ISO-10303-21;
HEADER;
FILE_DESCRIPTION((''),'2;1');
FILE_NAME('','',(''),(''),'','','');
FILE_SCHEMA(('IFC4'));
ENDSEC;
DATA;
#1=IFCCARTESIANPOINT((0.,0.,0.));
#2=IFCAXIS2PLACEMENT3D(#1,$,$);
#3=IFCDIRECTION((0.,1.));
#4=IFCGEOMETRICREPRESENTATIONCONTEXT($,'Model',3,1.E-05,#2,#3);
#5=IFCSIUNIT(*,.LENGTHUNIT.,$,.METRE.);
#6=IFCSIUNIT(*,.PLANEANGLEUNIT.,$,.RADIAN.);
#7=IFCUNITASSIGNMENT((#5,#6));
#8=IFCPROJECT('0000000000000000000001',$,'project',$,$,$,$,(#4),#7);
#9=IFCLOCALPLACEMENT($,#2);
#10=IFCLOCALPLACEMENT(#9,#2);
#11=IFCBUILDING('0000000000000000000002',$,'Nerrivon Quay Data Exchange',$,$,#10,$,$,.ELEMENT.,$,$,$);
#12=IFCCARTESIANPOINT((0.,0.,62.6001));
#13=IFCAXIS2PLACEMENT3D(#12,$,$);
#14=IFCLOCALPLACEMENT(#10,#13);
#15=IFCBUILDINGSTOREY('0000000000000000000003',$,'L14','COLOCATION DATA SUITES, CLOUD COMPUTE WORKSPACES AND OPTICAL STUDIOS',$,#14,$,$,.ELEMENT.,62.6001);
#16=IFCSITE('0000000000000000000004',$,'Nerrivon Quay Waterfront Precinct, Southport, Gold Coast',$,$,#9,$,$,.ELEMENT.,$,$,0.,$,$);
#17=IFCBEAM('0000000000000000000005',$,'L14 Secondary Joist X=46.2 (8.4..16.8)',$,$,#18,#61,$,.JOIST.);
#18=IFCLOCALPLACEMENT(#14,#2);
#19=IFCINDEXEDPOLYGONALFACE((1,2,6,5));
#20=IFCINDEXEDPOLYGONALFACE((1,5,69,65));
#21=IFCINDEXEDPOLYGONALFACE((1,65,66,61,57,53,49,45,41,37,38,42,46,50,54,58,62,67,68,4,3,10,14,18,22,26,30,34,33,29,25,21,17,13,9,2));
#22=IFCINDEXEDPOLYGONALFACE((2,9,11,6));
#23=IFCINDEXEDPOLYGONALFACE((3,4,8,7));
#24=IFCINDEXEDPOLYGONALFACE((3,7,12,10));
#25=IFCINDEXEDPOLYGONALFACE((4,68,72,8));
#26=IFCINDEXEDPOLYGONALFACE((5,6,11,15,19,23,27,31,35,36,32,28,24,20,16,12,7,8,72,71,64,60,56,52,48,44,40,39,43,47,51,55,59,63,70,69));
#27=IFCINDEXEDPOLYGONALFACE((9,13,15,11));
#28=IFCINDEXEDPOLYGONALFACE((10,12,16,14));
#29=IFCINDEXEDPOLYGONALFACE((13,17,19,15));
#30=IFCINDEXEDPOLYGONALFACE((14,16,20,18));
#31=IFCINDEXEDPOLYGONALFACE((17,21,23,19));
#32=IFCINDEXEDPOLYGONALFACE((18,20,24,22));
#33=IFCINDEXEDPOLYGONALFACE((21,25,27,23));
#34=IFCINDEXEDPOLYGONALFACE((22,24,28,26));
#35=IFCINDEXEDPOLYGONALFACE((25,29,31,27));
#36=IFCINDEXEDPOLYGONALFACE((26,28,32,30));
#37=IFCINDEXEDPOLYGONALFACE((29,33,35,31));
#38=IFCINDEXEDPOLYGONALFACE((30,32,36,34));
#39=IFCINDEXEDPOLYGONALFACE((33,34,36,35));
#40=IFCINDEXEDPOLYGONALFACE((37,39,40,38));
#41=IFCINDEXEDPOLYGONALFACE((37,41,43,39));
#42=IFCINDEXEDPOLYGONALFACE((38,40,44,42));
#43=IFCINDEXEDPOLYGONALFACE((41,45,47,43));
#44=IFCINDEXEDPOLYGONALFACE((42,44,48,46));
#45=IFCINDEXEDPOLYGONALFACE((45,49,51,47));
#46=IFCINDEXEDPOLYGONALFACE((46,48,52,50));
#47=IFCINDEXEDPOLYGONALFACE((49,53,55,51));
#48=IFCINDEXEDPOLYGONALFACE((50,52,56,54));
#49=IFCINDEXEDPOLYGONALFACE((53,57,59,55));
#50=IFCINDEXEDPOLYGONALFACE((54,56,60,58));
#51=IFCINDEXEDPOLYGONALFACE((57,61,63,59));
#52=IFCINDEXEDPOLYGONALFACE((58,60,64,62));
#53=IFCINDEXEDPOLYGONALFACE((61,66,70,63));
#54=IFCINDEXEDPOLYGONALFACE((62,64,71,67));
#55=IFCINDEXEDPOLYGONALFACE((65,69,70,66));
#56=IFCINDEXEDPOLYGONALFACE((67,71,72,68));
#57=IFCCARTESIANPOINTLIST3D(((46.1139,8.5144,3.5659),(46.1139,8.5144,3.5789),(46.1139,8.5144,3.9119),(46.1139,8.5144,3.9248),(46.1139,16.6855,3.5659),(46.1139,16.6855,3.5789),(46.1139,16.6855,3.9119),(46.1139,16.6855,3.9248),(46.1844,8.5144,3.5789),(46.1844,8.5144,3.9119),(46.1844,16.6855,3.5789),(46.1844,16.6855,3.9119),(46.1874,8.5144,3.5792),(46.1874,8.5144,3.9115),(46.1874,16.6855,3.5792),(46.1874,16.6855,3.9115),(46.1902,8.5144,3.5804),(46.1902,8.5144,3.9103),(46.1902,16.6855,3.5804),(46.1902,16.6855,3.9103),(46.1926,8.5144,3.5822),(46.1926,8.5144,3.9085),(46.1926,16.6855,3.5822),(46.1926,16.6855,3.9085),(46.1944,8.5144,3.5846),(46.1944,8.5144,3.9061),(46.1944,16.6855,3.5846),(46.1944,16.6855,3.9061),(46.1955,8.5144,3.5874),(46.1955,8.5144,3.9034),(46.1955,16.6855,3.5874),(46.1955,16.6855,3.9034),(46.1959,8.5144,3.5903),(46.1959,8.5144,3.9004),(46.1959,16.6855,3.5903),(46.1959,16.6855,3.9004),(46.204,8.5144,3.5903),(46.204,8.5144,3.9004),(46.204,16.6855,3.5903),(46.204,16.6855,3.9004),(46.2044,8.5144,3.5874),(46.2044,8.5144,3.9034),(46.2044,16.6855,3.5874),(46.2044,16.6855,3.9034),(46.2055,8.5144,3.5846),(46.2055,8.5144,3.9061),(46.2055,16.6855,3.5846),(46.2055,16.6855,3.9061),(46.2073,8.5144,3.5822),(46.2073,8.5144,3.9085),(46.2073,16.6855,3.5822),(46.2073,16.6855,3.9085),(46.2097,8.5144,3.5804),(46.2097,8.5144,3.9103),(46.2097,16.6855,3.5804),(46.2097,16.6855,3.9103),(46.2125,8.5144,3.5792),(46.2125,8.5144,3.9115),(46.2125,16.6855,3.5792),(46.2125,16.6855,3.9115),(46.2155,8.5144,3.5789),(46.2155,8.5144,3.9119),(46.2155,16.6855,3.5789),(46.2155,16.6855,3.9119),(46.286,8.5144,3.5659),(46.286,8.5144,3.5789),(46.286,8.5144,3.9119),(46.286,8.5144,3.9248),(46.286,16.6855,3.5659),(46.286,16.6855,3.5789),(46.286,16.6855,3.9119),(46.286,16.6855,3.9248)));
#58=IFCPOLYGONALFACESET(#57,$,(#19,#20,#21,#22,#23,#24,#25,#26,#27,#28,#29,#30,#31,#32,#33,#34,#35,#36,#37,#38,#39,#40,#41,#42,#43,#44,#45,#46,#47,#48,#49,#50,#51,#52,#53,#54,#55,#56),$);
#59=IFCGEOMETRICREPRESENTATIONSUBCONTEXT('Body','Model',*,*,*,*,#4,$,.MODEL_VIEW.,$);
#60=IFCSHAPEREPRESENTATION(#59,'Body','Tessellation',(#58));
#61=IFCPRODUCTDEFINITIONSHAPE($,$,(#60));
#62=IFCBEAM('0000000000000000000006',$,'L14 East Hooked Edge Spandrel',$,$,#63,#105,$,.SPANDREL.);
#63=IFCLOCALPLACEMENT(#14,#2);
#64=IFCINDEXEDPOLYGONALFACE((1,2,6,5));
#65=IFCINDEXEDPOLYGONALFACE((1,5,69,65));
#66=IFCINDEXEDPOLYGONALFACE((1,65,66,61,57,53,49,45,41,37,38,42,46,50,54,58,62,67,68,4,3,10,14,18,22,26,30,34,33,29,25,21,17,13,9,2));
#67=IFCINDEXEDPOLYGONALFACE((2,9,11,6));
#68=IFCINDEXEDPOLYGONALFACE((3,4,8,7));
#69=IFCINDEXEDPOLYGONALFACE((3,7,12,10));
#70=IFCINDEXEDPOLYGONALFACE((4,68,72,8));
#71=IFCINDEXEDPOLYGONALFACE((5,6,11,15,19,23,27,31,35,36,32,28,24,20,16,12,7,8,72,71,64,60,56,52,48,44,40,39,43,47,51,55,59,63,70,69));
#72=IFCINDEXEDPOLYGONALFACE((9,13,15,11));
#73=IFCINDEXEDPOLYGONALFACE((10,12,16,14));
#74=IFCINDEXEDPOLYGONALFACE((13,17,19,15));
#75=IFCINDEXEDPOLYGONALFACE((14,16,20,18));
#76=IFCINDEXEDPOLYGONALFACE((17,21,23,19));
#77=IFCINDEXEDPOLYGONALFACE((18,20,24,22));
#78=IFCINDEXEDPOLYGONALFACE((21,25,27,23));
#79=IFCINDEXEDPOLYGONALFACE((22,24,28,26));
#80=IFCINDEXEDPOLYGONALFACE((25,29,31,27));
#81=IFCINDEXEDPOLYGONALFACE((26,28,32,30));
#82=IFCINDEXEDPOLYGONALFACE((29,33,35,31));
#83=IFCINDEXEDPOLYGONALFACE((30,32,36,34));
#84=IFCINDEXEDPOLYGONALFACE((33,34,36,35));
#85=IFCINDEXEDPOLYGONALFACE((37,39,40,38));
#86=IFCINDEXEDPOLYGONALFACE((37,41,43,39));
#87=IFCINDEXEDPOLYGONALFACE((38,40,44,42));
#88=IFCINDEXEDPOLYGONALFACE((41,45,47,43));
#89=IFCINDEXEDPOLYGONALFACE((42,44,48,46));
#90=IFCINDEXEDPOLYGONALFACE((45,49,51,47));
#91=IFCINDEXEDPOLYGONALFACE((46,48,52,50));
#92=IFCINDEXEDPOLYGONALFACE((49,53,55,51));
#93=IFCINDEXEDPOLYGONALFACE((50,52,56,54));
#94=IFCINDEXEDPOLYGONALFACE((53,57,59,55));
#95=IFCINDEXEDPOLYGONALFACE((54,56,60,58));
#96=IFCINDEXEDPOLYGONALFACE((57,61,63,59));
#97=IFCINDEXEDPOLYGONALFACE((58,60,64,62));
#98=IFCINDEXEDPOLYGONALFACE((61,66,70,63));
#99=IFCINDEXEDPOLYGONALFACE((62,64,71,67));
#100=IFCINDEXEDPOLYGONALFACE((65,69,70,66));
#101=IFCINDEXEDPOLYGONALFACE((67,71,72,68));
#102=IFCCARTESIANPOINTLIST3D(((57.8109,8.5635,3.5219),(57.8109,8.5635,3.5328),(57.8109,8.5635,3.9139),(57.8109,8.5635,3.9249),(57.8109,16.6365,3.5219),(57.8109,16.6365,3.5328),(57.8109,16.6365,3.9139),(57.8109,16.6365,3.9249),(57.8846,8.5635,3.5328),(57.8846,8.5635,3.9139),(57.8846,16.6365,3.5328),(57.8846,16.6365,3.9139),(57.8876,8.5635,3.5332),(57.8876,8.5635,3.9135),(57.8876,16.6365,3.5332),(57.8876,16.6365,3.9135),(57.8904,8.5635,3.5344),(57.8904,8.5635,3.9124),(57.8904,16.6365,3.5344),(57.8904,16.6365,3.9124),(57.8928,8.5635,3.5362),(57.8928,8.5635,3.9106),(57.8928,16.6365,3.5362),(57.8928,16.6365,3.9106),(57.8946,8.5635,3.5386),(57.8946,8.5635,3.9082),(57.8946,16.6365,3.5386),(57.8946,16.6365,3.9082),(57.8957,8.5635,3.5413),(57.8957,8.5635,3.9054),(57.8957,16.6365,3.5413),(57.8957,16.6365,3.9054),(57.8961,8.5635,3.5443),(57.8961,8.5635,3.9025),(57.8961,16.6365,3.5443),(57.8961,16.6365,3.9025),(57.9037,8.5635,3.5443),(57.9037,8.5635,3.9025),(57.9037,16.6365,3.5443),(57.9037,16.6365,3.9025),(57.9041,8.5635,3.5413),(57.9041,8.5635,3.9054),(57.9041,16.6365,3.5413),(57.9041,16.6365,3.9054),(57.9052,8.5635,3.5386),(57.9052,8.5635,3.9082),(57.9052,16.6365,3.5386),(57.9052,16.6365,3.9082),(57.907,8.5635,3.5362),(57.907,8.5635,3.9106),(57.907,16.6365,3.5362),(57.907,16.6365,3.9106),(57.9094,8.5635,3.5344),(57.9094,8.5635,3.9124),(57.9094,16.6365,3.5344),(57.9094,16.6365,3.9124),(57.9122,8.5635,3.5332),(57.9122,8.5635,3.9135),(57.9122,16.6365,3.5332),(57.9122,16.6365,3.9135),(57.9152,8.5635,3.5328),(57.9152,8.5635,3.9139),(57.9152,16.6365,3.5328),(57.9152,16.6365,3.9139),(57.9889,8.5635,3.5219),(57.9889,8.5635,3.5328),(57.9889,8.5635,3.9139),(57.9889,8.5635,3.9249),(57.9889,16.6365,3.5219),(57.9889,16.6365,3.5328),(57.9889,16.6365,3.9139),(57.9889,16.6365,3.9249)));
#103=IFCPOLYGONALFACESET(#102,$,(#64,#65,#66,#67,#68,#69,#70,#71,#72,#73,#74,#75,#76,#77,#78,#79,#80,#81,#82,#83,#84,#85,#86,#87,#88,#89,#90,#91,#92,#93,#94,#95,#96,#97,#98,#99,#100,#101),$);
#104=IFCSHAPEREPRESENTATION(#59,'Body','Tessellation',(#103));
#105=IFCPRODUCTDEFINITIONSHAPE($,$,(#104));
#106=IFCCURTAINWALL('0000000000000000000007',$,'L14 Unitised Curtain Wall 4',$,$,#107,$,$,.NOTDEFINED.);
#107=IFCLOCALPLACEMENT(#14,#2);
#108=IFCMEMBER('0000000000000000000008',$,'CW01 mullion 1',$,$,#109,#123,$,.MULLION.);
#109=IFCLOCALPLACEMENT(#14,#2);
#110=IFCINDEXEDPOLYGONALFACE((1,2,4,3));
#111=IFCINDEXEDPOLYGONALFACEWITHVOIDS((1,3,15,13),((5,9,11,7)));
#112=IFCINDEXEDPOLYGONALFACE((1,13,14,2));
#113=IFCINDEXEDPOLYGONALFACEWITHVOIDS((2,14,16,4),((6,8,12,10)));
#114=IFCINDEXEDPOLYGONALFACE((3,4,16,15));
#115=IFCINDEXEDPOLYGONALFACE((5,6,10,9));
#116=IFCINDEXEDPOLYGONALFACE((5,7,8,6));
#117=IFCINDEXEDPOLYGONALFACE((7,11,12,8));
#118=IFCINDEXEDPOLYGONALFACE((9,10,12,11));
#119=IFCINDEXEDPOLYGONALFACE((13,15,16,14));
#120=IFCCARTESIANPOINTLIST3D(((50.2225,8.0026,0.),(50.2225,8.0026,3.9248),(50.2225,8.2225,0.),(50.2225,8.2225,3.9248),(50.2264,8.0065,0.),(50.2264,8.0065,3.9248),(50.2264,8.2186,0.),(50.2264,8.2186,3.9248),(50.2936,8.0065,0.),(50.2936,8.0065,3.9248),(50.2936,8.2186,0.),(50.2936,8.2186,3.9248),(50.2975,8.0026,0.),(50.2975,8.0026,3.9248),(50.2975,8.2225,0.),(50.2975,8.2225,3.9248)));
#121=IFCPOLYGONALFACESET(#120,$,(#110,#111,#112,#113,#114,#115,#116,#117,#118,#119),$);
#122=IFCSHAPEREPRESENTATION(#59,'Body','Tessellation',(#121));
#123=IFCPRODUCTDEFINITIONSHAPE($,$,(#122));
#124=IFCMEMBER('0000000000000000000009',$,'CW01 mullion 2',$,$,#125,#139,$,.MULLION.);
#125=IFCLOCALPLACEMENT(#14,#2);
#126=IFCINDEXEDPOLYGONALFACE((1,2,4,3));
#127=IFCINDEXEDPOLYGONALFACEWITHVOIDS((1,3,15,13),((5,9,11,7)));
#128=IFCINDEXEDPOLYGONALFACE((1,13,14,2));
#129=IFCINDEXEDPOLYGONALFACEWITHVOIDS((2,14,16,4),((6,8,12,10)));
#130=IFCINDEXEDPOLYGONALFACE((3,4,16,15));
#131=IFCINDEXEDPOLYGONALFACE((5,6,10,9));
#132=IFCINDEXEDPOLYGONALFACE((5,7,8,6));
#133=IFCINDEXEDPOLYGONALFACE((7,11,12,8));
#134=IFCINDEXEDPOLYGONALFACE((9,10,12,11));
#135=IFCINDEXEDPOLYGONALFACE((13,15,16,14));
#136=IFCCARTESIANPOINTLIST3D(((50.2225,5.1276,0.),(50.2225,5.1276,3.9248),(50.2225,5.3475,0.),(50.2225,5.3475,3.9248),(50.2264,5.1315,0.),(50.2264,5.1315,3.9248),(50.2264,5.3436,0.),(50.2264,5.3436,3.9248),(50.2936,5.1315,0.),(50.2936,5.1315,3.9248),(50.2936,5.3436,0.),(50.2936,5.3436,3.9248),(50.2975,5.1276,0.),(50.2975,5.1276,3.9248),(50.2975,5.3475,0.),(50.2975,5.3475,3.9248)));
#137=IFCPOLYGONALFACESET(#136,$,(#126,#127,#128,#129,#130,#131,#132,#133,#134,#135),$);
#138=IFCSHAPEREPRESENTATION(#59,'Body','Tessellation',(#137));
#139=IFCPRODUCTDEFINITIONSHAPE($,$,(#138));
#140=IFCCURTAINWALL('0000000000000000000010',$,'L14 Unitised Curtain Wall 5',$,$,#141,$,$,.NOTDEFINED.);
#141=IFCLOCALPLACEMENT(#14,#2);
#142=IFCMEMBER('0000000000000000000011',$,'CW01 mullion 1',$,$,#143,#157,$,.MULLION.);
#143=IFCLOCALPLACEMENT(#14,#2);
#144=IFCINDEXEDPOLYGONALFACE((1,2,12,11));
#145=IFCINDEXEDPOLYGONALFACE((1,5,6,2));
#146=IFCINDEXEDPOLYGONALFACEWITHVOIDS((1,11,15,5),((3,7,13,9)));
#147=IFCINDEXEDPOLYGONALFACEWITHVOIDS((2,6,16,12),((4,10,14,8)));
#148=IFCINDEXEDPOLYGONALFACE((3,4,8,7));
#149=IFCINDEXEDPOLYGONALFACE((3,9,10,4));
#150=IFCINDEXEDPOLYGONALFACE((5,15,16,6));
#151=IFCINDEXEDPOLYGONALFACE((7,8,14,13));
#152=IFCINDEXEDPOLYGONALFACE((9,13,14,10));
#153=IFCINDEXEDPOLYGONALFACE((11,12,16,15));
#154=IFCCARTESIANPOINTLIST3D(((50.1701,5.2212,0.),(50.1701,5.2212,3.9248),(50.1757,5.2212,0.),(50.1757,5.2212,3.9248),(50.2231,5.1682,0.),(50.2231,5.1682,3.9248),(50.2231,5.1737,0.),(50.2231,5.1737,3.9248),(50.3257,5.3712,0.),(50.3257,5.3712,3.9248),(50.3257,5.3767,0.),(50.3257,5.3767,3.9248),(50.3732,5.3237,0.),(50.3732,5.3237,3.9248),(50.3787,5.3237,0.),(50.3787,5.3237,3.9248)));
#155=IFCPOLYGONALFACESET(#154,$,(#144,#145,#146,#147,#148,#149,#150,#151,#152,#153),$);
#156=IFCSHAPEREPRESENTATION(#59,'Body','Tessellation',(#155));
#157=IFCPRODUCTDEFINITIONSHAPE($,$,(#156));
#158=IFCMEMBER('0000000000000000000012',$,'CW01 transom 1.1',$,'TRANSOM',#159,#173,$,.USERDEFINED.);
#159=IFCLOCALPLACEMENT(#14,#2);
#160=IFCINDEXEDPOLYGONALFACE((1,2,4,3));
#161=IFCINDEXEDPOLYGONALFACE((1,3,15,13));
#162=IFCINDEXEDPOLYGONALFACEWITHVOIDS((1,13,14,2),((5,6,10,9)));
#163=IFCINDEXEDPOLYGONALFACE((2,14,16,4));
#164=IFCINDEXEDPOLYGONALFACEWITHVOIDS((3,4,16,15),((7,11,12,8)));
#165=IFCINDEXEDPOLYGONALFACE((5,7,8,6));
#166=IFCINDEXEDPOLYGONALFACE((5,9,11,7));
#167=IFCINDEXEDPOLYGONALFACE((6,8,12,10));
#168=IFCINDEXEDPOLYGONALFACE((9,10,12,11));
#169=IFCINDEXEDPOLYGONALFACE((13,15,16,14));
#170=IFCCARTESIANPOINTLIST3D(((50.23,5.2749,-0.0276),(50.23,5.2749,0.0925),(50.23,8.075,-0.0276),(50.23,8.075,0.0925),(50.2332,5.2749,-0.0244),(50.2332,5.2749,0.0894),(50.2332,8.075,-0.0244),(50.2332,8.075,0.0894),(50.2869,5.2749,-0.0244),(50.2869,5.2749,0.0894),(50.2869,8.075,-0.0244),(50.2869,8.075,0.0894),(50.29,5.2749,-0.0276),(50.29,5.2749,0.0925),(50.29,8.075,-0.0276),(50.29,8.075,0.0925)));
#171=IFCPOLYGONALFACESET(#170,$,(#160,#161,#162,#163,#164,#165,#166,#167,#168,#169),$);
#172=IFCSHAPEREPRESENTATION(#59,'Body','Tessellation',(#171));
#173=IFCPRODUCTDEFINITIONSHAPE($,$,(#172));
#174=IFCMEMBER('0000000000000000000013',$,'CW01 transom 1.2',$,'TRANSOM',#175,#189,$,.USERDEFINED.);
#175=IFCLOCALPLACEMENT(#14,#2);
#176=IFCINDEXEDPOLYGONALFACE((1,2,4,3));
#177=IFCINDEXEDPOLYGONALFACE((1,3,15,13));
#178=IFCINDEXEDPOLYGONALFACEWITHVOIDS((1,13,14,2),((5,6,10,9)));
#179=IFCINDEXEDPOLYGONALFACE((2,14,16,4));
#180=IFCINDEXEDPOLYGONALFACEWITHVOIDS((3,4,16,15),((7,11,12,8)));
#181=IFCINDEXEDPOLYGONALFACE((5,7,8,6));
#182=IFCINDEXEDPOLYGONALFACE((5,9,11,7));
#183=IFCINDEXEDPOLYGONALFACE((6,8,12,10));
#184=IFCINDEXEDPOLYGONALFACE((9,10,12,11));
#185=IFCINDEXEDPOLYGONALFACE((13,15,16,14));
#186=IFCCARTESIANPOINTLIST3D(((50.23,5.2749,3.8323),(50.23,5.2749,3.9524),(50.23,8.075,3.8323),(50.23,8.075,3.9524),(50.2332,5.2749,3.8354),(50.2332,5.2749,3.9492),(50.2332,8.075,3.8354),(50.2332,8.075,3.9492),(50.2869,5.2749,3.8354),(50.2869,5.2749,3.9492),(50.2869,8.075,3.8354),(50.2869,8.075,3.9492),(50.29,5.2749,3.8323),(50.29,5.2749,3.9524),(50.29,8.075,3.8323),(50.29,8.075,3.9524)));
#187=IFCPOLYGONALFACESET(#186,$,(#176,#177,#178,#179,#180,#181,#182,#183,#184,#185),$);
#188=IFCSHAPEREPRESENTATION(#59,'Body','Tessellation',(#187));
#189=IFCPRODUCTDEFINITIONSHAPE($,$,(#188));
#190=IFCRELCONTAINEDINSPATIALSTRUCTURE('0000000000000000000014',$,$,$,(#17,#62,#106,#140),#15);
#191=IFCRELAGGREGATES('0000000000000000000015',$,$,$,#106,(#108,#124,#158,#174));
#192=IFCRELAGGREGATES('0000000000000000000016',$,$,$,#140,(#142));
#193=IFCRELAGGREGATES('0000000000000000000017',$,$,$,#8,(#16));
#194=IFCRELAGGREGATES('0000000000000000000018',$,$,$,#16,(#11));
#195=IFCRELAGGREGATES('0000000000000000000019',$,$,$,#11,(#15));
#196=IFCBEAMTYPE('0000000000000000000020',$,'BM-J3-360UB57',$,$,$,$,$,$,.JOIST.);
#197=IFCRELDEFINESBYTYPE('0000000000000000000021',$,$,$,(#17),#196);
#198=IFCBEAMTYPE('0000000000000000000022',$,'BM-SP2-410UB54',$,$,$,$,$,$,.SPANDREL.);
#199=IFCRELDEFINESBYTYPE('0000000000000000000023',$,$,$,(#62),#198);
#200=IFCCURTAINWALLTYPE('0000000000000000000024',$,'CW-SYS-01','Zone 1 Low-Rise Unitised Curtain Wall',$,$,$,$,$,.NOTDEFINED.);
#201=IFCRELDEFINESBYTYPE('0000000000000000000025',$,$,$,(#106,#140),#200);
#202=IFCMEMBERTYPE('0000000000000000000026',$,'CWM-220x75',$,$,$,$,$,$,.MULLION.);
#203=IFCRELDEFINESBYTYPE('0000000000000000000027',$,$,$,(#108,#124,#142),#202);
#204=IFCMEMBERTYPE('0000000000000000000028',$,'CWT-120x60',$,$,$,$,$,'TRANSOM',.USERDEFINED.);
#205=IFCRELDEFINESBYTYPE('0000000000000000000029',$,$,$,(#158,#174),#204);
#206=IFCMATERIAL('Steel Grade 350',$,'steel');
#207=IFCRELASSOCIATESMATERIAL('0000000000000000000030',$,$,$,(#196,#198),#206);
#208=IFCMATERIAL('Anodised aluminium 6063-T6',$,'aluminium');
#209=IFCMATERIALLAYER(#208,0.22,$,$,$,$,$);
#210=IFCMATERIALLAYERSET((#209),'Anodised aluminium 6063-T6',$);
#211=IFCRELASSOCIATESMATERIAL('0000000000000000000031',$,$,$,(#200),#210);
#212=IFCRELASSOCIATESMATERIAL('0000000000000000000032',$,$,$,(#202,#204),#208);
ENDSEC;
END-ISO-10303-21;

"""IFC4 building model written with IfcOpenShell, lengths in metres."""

from ifc_helpers import new_model, si_unit, direction, frame, origin, origin_2d, place, context, subcontext, project, spatial, hollow_rectangle, i_section, extrude, material, layer, layer_set, material_profile, profile_set, type_object, element, aggregate, save


model = new_model("IFC4")

# Units and contexts
model_context = context("Model", 3, precision=1e-05, world=origin(), true_north=direction((0.0, 1.0)))
body_context = subcontext(model_context, "Body", "Model", "MODEL_VIEW")
ifc_project = project(units=[si_unit("LENGTHUNIT", "METRE"), si_unit("PLANEANGLEUNIT", "RADIAN")], contexts=[model_context])

# Site, building, storey
site_placement = place(None, origin())
site = spatial("IfcSite", under=ifc_project, at=site_placement, Name="Nerrivon Quay Waterfront Precinct, Southport, Gold Coast", CompositionType="ELEMENT", RefElevation=0.0)
building_placement = place(site_placement, origin())
building = spatial("IfcBuilding", under=site, at=building_placement, Name="Nerrivon Quay Data Exchange", CompositionType="ELEMENT")
storey_placement = place(building_placement, frame((0.0, 0.0, 62.6001)))
storey = spatial("IfcBuildingStorey", under=building, at=storey_placement, Name="L14", Description="COLOCATION DATA SUITES, CLOUD COMPUTE WORKSPACES AND OPTICAL STUDIOS", CompositionType="ELEMENT", Elevation=62.6001)

# Shared definitions
ifc_material_1 = material(Name="Steel Grade 350", Category="steel")

# Beams
ifc_material_profile_1 = material_profile(ifc_material_1, i_section(OverallWidth=0.1721, OverallDepth=0.3589, WebThickness=0.0081, FlangeThickness=0.0129, FilletRadius=0.0115, at=origin_2d()), Name="360UB56.7")
ifc_profile_set_1 = profile_set([ifc_material_profile_1], Name="Steel Grade 350")
beam_type_1 = type_object("IfcBeamType", Name="BM-J3-360UB57", PredefinedType="JOIST", material=ifc_profile_set_1)
beam_1_placement = place(storey_placement, frame((46.2, 8.5144, 3.7454), z_axis=(0.0, 1.0, 0.0), x_axis=(-1.0, 0.0, 0.0)))
element("IfcBeam", 1, at=beam_1_placement, inside=storey, type_object=beam_type_1, Name="L14 Secondary Joist X=46.2 (8.4..16.8)", PredefinedType="JOIST", context=body_context, shape_type="SweptSolid", body=[
    extrude(i_section(OverallWidth=0.1721, OverallDepth=0.3589, WebThickness=0.0081, FlangeThickness=0.0129, FilletRadius=0.0115, at=origin_2d()), origin(), (0.0, 0.0, 1.0), 8.1711),
])
ifc_material_profile_2 = material_profile(ifc_material_1, i_section(OverallWidth=0.178, OverallDepth=0.4031, WebThickness=0.0076, FlangeThickness=0.011, FilletRadius=0.0115, at=origin_2d()), Name="410UB53.7")
ifc_profile_set_2 = profile_set([ifc_material_profile_2], Name="Steel Grade 350")
beam_type_2 = type_object("IfcBeamType", Name="BM-SP2-410UB54", PredefinedType="SPANDREL", material=ifc_profile_set_2)
beam_2_placement = place(storey_placement, frame((57.8999, 8.5635, 3.7234), z_axis=(0.0, 1.0, 0.0), x_axis=(-1.0, 0.0, 0.0)))
element("IfcBeam", 2, at=beam_2_placement, inside=storey, type_object=beam_type_2, Name="L14 East Hooked Edge Spandrel", PredefinedType="SPANDREL", context=body_context, shape_type="SweptSolid", body=[
    extrude(i_section(OverallWidth=0.178, OverallDepth=0.4031, WebThickness=0.0076, FlangeThickness=0.011, FilletRadius=0.0115, at=origin_2d()), origin(), (0.0, 0.0, 1.0), 8.073),
])

# Curtain wall, members
ifc_material_2 = material(Name="Anodised aluminium 6063-T6", Category="aluminium")
ifc_layer_1 = layer(ifc_material_2, 0.22)
ifc_layer_set_1 = layer_set([ifc_layer_1], Name="Anodised aluminium 6063-T6")
curtain_wall_type = type_object("IfcCurtainWallType", Name="CW-SYS-01", Description="Zone 1 Low-Rise Unitised Curtain Wall", PredefinedType="NOTDEFINED", material=ifc_layer_set_1)
curtain_wall_1_placement = place(storey_placement, origin())
curtain_wall_1 = element("IfcCurtainWall", 3, at=curtain_wall_1_placement, inside=storey, type_object=curtain_wall_type, Name="L14 Unitised Curtain Wall 4", PredefinedType="NOTDEFINED")
ifc_material_profile_3 = material_profile(ifc_material_2, hollow_rectangle(XDim=0.075, YDim=0.22, WallThickness=0.0039, at=origin_2d()), Name="ALU-MULL-220x75")
ifc_profile_set_3 = profile_set([ifc_material_profile_3], Name="Anodised aluminium 6063-T6")
member_type_1 = type_object("IfcMemberType", Name="CWM-220x75", PredefinedType="MULLION", material=ifc_profile_set_3)
member_1_placement = place(storey_placement, frame((50.26, 8.1125, 0.0), z_axis=(0.0, 0.0, 1.0), x_axis=(1.0, 0.0, 0.0)))
member_1 = element("IfcMember", 4, at=member_1_placement, type_object=member_type_1, Name="CW01 mullion 1", PredefinedType="MULLION", context=body_context, shape_type="SweptSolid", body=[
    extrude(hollow_rectangle(XDim=0.075, YDim=0.22, WallThickness=0.0039, at=origin_2d()), origin(), (0.0, 0.0, 1.0), 3.9248),
])
member_2_placement = place(storey_placement, frame((50.26, 5.2375, 0.0), z_axis=(0.0, 0.0, 1.0), x_axis=(1.0, 0.0, 0.0)))
member_2 = element("IfcMember", 5, at=member_2_placement, type_object=member_type_1, Name="CW01 mullion 2", PredefinedType="MULLION", context=body_context, shape_type="SweptSolid", body=[
    extrude(hollow_rectangle(XDim=0.075, YDim=0.22, WallThickness=0.0039, at=origin_2d()), origin(), (0.0, 0.0, 1.0), 3.9248),
])

# Curtain wall, member
curtain_wall_2_placement = place(storey_placement, origin())
curtain_wall_2 = element("IfcCurtainWall", 6, at=curtain_wall_2_placement, inside=storey, type_object=curtain_wall_type, Name="L14 Unitised Curtain Wall 5", PredefinedType="NOTDEFINED")
member_3_placement = place(storey_placement, frame((50.2744, 5.2725, 0.0), z_axis=(0.0, 0.0, 1.0), x_axis=(0.707107, -0.707107, 0.0)))
member_3 = element("IfcMember", 7, at=member_3_placement, type_object=member_type_1, Name="CW01 mullion 1", PredefinedType="MULLION", context=body_context, shape_type="SweptSolid", body=[
    extrude(hollow_rectangle(XDim=0.075, YDim=0.22, WallThickness=0.0039, at=origin_2d()), origin(), (0.0, 0.0, 1.0), 3.9248),
])

# Members
ifc_material_profile_4 = material_profile(ifc_material_2, hollow_rectangle(XDim=0.0601, YDim=0.1201, WallThickness=0.0032, at=origin_2d()), Name="ALU-TRAN-120x60")
ifc_profile_set_4 = profile_set([ifc_material_profile_4], Name="Anodised aluminium 6063-T6")
member_type_2 = type_object("IfcMemberType", Name="CWT-120x60", ElementType="TRANSOM", PredefinedType="USERDEFINED", material=ifc_profile_set_4)
member_4_placement = place(storey_placement, frame((50.26, 8.075, 0.0325), z_axis=(0.0, -1.0, 0.0), x_axis=(1.0, 0.0, 0.0)))
member_4 = element("IfcMember", 8, at=member_4_placement, type_object=member_type_2, Name="CW01 transom 1.1", ObjectType="TRANSOM", PredefinedType="USERDEFINED", context=body_context, shape_type="SweptSolid", body=[
    extrude(hollow_rectangle(XDim=0.0601, YDim=0.1201, WallThickness=0.0032, at=origin_2d()), origin(), (0.0, 0.0, 1.0), 2.8),
])
member_5_placement = place(storey_placement, frame((50.26, 8.075, 3.8923), z_axis=(0.0, -1.0, 0.0), x_axis=(1.0, 0.0, 0.0)))
member_5 = element("IfcMember", 9, at=member_5_placement, type_object=member_type_2, Name="CW01 transom 1.2", ObjectType="TRANSOM", PredefinedType="USERDEFINED", context=body_context, shape_type="SweptSolid", body=[
    extrude(hollow_rectangle(XDim=0.0601, YDim=0.1201, WallThickness=0.0032, at=origin_2d()), origin(), (0.0, 0.0, 1.0), 2.8),
])

aggregate(curtain_wall_1, [member_1, member_2, member_4, member_5])
aggregate(curtain_wall_2, [member_3])

save(model, "model.ifc")
